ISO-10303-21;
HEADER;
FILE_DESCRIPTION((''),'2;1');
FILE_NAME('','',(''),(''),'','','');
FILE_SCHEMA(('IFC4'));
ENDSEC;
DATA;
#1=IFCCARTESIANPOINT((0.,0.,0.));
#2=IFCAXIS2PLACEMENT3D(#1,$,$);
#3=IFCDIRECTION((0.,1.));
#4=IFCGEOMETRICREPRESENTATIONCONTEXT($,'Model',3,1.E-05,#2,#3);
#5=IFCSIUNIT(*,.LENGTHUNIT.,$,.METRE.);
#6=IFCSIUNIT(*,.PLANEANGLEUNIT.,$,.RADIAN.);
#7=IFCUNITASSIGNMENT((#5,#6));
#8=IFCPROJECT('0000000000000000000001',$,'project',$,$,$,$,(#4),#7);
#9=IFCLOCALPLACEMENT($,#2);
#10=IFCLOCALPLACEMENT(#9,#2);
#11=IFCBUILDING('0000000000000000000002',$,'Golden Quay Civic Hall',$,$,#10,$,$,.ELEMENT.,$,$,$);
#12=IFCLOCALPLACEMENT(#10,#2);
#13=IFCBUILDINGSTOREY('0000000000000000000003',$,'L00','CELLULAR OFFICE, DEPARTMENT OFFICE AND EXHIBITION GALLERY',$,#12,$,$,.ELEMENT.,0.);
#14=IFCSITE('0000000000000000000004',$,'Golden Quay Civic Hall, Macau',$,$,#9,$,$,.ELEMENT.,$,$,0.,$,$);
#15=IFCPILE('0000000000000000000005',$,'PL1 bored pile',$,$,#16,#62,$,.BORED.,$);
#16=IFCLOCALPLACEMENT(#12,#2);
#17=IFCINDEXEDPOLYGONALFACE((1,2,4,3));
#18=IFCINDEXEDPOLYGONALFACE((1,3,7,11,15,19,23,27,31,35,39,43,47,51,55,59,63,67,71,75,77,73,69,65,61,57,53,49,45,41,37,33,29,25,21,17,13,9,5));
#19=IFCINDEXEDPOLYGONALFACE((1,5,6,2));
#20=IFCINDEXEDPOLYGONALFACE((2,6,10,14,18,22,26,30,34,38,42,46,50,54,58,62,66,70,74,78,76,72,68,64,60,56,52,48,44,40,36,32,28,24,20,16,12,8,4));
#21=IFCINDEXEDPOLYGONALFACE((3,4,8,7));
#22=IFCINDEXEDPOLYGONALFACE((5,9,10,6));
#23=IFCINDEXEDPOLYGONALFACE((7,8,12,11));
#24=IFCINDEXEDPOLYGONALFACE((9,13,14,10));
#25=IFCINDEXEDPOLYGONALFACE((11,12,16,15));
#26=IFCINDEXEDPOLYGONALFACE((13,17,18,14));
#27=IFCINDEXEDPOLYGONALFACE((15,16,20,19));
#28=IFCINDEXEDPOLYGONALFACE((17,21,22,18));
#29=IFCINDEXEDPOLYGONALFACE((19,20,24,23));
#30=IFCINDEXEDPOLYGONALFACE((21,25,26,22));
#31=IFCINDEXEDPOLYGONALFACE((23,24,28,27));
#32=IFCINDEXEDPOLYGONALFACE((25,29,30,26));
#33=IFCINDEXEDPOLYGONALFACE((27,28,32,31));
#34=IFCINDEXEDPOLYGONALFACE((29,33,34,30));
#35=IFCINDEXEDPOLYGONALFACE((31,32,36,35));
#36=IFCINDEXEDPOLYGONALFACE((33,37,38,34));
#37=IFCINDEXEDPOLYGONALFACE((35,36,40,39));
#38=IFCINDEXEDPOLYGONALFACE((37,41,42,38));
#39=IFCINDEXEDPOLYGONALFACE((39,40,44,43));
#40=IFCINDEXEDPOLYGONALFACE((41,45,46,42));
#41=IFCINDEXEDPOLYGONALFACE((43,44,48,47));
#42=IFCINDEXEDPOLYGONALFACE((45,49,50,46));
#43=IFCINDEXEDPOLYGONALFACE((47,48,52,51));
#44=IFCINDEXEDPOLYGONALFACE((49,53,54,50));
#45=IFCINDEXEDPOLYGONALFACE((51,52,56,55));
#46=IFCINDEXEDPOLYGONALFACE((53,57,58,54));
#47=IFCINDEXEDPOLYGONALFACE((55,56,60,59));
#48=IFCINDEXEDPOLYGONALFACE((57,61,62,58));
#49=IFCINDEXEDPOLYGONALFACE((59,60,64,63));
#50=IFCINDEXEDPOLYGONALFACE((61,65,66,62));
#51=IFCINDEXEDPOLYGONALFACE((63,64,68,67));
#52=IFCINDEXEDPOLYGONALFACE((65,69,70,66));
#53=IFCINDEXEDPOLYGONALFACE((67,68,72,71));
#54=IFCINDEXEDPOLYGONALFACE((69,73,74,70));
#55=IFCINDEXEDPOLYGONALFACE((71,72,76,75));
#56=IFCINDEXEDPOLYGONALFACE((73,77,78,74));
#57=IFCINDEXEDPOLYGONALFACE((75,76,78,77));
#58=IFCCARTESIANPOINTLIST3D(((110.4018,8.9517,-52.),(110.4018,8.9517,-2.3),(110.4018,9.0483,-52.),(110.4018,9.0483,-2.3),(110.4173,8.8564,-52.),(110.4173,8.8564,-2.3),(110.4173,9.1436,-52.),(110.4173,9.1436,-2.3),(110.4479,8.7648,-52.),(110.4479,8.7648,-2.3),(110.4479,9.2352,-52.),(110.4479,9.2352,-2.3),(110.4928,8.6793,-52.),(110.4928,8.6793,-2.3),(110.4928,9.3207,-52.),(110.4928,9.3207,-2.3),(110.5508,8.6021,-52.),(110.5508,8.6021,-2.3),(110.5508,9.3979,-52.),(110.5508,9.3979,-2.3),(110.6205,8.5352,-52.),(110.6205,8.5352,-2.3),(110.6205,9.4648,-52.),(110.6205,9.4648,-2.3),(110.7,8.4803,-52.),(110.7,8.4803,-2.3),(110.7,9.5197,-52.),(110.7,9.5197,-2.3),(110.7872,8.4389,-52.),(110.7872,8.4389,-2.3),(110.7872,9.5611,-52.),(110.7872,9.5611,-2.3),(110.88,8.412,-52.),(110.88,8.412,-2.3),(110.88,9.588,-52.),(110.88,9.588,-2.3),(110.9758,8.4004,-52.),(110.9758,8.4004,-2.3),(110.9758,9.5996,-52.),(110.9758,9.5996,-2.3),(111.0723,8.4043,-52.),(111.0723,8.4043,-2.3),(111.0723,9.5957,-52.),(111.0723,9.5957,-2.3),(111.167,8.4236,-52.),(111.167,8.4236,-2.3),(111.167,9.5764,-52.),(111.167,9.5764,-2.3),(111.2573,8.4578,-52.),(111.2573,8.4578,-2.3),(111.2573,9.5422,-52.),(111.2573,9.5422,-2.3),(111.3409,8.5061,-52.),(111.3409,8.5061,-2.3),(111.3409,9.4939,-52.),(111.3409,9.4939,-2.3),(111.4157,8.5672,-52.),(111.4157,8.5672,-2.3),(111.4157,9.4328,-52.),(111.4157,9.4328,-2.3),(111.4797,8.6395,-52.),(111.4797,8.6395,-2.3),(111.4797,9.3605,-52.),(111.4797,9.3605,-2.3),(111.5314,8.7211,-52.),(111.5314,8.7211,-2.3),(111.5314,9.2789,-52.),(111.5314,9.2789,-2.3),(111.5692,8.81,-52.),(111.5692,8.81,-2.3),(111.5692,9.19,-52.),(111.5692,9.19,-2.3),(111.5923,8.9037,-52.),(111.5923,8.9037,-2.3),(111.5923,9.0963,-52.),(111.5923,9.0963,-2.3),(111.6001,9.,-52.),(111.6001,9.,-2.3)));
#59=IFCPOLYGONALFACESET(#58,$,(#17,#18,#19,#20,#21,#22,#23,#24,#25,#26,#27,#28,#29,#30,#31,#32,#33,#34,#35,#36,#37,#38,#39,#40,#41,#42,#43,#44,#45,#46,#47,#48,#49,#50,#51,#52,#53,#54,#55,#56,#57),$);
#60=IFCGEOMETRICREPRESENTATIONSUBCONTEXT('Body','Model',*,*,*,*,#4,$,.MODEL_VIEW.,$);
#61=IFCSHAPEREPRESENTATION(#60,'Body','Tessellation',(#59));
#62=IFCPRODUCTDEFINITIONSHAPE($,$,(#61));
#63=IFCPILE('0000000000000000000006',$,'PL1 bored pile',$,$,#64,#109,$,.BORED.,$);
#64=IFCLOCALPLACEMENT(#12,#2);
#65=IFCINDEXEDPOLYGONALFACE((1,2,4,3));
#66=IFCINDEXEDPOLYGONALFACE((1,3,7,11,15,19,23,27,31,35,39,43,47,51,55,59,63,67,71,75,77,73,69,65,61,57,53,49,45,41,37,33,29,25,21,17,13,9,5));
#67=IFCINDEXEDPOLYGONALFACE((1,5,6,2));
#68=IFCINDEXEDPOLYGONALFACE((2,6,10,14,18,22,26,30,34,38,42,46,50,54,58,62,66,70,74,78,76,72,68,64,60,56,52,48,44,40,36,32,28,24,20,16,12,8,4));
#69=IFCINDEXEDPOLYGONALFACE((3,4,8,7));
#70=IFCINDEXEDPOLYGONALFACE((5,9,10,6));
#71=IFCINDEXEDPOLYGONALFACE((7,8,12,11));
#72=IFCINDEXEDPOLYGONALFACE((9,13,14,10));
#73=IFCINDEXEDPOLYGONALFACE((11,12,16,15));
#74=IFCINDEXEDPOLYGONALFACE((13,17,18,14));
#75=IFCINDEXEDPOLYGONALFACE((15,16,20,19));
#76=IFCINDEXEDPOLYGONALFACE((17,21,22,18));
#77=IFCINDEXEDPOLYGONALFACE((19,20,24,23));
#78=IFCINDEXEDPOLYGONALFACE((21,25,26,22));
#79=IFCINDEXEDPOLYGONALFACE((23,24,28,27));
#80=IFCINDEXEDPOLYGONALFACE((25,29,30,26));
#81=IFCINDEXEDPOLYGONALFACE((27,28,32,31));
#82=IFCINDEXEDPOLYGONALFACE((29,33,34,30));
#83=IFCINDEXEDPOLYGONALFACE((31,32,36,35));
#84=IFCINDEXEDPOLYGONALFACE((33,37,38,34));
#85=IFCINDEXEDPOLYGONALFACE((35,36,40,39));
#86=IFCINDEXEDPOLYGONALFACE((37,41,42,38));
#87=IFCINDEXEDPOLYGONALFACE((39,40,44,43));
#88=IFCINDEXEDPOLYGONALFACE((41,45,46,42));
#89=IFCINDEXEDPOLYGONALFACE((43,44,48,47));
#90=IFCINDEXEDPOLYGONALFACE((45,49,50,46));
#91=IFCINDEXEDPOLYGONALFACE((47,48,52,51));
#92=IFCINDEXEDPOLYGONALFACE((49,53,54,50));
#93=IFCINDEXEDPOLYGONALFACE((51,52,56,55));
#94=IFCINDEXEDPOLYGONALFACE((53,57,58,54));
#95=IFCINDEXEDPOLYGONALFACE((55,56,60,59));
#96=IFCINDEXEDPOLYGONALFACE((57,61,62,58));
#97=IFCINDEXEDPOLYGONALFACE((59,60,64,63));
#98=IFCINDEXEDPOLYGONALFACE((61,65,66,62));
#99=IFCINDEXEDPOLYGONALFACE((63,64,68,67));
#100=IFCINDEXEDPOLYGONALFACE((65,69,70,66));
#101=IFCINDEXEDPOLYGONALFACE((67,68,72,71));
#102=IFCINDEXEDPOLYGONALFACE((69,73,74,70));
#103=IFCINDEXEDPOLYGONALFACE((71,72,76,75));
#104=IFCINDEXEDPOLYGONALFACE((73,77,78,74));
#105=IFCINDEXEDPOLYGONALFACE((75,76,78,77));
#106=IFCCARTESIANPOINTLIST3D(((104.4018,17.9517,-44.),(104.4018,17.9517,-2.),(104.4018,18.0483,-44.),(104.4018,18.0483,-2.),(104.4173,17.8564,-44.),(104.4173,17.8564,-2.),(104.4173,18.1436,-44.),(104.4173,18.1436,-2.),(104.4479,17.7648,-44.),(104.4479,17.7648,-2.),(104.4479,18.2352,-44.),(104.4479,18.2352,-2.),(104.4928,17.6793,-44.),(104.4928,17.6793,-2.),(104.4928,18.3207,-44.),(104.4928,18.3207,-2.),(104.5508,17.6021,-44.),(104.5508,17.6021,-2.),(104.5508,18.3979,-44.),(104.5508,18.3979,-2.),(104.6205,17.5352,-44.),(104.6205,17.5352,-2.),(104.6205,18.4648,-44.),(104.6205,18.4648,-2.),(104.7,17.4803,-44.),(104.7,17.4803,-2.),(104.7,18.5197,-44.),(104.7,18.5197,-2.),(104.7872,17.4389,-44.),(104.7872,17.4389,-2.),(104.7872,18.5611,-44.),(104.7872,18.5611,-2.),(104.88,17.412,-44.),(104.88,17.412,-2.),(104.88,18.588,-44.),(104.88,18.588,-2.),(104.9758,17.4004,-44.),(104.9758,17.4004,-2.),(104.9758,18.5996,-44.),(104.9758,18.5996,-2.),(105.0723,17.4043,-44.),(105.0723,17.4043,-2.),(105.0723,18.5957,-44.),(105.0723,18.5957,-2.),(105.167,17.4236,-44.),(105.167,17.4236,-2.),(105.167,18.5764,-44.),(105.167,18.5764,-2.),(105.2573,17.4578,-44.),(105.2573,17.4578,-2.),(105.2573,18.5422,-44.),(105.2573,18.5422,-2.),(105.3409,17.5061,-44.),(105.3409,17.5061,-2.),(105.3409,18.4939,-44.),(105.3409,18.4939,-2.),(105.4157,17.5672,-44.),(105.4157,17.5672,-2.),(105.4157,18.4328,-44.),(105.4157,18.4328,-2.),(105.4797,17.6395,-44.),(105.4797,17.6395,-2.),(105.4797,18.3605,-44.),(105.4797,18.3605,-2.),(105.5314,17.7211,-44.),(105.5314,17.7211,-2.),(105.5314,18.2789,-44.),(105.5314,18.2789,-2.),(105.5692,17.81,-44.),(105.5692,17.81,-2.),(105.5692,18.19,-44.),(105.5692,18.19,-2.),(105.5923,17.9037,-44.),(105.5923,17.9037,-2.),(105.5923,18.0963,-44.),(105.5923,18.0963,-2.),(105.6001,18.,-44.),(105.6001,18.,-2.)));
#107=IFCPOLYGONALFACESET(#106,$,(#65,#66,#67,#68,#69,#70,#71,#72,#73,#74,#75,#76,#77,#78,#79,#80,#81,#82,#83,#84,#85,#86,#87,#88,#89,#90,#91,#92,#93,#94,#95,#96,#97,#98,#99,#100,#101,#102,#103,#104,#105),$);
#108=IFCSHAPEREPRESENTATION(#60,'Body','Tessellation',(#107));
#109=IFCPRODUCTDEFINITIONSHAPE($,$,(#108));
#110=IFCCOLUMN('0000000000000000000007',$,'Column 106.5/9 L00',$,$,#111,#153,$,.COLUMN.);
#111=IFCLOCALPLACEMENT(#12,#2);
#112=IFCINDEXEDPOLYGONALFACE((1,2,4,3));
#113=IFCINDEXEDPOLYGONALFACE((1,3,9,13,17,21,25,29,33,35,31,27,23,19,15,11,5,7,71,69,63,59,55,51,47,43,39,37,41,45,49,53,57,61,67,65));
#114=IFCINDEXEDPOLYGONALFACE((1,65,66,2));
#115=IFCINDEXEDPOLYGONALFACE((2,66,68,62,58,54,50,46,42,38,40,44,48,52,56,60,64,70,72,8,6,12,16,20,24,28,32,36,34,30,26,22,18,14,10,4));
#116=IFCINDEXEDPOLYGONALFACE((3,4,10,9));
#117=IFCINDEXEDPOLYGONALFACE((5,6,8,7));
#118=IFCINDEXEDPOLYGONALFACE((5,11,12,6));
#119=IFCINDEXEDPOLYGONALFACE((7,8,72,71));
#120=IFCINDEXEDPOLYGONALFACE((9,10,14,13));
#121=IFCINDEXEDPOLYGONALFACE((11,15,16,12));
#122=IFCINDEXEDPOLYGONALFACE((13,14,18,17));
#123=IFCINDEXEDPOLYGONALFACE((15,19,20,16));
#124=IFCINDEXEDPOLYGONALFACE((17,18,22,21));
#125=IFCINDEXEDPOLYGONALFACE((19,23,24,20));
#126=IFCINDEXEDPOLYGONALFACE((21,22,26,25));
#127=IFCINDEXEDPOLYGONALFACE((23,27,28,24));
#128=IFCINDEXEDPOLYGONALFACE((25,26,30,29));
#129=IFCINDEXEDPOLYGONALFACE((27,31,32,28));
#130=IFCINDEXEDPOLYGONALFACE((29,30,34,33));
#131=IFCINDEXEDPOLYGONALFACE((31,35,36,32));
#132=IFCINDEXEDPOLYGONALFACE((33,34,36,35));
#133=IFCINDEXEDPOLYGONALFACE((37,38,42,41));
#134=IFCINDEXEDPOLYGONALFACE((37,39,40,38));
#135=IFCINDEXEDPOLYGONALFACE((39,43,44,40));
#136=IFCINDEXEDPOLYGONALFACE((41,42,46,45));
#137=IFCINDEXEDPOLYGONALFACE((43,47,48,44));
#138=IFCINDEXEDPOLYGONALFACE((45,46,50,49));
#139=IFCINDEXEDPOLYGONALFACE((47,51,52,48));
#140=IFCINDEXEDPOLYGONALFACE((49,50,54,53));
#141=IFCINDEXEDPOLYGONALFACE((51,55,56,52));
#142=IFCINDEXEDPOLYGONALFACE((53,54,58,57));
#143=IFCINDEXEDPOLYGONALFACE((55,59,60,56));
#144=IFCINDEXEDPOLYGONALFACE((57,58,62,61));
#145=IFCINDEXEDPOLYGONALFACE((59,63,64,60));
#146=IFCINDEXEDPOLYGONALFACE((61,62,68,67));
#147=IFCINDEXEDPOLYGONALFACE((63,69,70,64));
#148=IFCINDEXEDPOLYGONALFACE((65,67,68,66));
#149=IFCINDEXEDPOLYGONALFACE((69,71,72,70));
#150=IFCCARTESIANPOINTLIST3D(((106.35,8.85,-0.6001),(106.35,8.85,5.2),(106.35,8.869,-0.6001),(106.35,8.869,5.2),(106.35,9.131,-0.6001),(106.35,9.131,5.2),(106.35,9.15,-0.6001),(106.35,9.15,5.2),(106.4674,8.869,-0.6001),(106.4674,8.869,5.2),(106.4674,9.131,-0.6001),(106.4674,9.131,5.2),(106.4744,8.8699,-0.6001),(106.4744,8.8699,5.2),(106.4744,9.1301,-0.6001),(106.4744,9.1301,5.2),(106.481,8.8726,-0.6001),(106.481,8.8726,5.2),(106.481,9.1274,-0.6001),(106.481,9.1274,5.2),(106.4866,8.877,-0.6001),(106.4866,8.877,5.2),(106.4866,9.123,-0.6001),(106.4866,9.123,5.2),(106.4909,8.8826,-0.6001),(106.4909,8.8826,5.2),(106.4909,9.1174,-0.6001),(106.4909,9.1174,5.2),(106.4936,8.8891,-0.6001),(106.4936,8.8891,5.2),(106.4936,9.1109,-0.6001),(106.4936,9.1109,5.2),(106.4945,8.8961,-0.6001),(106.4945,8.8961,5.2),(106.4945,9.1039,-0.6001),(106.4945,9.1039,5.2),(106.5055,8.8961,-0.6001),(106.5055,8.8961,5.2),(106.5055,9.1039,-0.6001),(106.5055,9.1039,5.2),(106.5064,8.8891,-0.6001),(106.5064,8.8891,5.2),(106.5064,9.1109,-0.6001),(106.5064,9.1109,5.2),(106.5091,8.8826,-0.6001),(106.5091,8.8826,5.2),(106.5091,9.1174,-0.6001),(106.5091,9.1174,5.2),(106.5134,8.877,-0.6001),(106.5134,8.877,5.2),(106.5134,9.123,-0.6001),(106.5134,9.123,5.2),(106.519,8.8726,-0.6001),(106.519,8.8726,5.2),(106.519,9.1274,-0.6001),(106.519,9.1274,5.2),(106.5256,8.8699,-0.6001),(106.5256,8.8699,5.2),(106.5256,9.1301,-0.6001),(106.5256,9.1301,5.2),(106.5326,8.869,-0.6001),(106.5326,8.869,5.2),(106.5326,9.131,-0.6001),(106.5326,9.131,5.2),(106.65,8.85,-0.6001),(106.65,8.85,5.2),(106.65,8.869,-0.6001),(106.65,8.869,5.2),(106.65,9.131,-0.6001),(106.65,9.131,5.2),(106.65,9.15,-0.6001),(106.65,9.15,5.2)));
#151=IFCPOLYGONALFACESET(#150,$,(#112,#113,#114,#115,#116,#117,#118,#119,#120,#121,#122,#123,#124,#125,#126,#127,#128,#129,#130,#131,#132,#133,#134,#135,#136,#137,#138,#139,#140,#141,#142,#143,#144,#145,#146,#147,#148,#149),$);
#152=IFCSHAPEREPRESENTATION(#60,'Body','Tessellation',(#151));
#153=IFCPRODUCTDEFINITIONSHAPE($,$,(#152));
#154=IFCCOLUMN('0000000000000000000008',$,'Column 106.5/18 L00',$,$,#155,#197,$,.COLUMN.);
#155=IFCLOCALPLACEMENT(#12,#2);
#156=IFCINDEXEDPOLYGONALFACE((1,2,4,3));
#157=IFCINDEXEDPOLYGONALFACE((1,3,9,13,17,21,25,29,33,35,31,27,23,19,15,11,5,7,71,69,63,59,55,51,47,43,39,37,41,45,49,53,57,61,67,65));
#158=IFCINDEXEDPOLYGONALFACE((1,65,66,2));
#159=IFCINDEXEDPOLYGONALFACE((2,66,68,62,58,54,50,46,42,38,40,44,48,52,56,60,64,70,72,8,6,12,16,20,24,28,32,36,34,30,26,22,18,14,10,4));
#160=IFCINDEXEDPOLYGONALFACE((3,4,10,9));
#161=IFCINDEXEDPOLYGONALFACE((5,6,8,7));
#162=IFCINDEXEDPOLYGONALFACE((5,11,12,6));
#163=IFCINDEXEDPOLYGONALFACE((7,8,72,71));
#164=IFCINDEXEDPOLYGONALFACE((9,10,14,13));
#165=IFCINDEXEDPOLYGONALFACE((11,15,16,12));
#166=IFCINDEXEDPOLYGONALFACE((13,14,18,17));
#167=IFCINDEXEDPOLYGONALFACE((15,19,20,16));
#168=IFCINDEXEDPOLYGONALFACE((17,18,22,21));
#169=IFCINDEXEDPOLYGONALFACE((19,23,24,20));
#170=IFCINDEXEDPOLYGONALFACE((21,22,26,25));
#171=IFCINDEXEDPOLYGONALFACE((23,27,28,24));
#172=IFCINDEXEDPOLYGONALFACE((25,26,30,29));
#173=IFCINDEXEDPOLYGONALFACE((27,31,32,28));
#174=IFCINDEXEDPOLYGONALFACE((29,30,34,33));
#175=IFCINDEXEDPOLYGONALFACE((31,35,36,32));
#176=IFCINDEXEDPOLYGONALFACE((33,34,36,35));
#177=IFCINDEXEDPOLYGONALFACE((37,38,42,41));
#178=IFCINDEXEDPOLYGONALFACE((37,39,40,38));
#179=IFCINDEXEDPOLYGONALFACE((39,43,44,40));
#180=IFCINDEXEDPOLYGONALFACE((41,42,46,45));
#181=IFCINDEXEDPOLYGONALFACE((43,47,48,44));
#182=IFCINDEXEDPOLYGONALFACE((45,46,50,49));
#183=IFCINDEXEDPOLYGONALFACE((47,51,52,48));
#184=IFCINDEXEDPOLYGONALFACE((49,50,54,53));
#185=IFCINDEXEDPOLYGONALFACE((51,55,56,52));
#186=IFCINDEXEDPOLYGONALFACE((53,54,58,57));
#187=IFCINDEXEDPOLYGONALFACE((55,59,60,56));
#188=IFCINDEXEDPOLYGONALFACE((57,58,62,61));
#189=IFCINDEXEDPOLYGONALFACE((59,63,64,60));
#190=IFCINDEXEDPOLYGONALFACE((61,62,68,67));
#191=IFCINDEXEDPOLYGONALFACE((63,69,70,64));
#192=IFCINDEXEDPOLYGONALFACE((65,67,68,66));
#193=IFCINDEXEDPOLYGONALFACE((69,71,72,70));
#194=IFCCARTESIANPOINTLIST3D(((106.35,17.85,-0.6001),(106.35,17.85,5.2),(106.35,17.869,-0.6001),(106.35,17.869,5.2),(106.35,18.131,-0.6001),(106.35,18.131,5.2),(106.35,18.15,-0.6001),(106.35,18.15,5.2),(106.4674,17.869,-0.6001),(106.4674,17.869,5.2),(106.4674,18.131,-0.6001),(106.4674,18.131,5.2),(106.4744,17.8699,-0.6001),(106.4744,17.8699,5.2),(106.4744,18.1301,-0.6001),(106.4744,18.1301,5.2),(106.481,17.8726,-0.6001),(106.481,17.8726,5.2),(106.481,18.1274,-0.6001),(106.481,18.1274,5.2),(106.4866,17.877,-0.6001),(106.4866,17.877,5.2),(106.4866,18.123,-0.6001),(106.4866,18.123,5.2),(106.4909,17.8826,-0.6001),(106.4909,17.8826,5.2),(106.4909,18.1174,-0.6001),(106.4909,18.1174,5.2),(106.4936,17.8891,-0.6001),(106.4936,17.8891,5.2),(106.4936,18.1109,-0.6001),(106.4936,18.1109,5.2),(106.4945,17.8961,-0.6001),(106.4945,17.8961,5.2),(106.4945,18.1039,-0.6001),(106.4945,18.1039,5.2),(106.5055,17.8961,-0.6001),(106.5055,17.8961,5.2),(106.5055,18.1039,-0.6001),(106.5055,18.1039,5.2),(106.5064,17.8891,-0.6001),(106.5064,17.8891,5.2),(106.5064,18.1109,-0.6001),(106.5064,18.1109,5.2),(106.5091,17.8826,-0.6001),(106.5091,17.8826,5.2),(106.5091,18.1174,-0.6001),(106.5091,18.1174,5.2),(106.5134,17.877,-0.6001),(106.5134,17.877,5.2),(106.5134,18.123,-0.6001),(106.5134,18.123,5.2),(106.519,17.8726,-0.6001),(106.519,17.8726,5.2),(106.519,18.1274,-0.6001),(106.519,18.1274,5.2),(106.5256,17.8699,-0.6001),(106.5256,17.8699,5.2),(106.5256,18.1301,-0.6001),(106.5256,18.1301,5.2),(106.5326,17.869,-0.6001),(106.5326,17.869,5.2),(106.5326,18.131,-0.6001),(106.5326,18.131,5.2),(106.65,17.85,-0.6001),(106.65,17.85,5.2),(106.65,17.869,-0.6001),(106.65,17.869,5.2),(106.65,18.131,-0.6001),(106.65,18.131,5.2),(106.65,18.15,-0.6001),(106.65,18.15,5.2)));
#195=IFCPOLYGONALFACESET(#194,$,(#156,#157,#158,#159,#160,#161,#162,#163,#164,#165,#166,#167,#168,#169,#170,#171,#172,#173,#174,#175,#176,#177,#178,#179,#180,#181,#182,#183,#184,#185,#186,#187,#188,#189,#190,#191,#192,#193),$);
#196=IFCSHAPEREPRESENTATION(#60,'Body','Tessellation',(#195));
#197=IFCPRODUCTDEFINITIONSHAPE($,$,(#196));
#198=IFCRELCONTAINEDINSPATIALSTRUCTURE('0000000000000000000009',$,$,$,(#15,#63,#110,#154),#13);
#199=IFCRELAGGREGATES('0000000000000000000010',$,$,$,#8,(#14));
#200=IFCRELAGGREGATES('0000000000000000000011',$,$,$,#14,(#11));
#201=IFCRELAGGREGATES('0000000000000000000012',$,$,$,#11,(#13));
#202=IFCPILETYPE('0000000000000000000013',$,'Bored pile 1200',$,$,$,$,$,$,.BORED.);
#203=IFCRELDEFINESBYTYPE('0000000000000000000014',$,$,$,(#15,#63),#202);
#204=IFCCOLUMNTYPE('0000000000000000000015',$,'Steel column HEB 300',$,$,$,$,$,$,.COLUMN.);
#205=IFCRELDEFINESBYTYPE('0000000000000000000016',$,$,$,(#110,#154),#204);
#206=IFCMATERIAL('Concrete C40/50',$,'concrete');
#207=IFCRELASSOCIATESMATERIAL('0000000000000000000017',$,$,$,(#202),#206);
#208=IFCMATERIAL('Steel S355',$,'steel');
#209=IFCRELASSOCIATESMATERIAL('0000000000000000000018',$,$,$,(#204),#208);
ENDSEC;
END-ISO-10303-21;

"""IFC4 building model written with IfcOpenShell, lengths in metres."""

from ifc_helpers import new_model, si_unit, direction, frame, origin, origin_2d, place, context, subcontext, project, spatial, circle, i_section, extrude, material, material_profile, profile_set, type_object, element, save


model = new_model("IFC4")

# Units and contexts
model_context = context("Model", 3, precision=1e-05, world=origin(), true_north=direction((0.0, 1.0)))
body_context = subcontext(model_context, "Body", "Model", "MODEL_VIEW")
ifc_project = project(units=[si_unit("LENGTHUNIT", "METRE"), si_unit("PLANEANGLEUNIT", "RADIAN")], contexts=[model_context])

# Site, building, storey
site_placement = place(None, origin())
site = spatial("IfcSite", under=ifc_project, at=site_placement, Name="Golden Quay Civic Hall, Macau", CompositionType="ELEMENT", RefElevation=0.0)
building_placement = place(site_placement, origin())
building = spatial("IfcBuilding", under=site, at=building_placement, Name="Golden Quay Civic Hall", CompositionType="ELEMENT")
storey_placement = place(building_placement, origin())
storey = spatial("IfcBuildingStorey", under=building, at=storey_placement, Name="L00", Description="CELLULAR OFFICE, DEPARTMENT OFFICE AND EXHIBITION GALLERY", CompositionType="ELEMENT", Elevation=0.0)

# Piles
ifc_material_1 = material(Name="Concrete C40/50", Category="concrete")
ifc_material_profile_1 = material_profile(ifc_material_1, circle(Radius=0.6001, at=origin_2d()), Name="RC D1200")
ifc_profile_set_1 = profile_set([ifc_material_profile_1], Name="Concrete C40/50")
pile_type = type_object("IfcPileType", Name="Bored pile 1200", PredefinedType="BORED", material=ifc_profile_set_1)
for number, where, z_axis, x_axis, name in (
    (1, (111.0, 9.0, -2.3), (0.0, 0.0, -1.0), (1.0, 0.0, 0.0), "PL1 bored pile"),
):
    element("IfcPile", number, at=place(storey_placement, frame(where, z_axis=z_axis, x_axis=x_axis)), inside=storey, type_object=pile_type, Name=name, PredefinedType="BORED", context=body_context, shape_type="SweptSolid", body=[
        extrude(circle(Radius=0.6001, at=origin_2d()), origin(), (0.0, 0.0, 1.0), 49.7),
    ])
pile_1_placement = place(storey_placement, frame((105.0, 18.0, -2.0), z_axis=(0.0, 0.0, -1.0), x_axis=(1.0, 0.0, 0.0)))
element("IfcPile", 2, at=pile_1_placement, inside=storey, type_object=pile_type, Name="PL1 bored pile", PredefinedType="BORED", context=body_context, shape_type="SweptSolid", body=[
    extrude(circle(Radius=0.6001, at=origin_2d()), origin(), (0.0, 0.0, 1.0), 42.0),
])

# Columns
ifc_material_2 = material(Name="Steel S355", Category="steel")
ifc_material_profile_2 = material_profile(ifc_material_2, i_section(OverallWidth=0.3, OverallDepth=0.3, WebThickness=0.011, FlangeThickness=0.019, FilletRadius=0.0271, at=origin_2d()), Name="HEB 300")
ifc_profile_set_2 = profile_set([ifc_material_profile_2], Name="Steel S355")
column_type = type_object("IfcColumnType", Name="Steel column HEB 300", PredefinedType="COLUMN", material=ifc_profile_set_2)
for number, where, z_axis, x_axis, name in (
    (3, (106.5, 9.0, -0.6001), (0.0, 0.0, 1.0), (1.0, 0.0, 0.0), "Column 106.5/9 L00"),
    (4, (106.5, 18.0, -0.6001), (0.0, 0.0, 1.0), (1.0, 0.0, 0.0), "Column 106.5/18 L00"),
):
    element("IfcColumn", number, at=place(storey_placement, frame(where, z_axis=z_axis, x_axis=x_axis)), inside=storey, type_object=column_type, Name=name, PredefinedType="COLUMN", context=body_context, shape_type="SweptSolid", body=[
        extrude(i_section(OverallWidth=0.3, OverallDepth=0.3, WebThickness=0.011, FlangeThickness=0.019, FilletRadius=0.0271, at=origin_2d()), origin(), (0.0, 0.0, 1.0), 5.8),
    ])

save(model, "model.ifc")
